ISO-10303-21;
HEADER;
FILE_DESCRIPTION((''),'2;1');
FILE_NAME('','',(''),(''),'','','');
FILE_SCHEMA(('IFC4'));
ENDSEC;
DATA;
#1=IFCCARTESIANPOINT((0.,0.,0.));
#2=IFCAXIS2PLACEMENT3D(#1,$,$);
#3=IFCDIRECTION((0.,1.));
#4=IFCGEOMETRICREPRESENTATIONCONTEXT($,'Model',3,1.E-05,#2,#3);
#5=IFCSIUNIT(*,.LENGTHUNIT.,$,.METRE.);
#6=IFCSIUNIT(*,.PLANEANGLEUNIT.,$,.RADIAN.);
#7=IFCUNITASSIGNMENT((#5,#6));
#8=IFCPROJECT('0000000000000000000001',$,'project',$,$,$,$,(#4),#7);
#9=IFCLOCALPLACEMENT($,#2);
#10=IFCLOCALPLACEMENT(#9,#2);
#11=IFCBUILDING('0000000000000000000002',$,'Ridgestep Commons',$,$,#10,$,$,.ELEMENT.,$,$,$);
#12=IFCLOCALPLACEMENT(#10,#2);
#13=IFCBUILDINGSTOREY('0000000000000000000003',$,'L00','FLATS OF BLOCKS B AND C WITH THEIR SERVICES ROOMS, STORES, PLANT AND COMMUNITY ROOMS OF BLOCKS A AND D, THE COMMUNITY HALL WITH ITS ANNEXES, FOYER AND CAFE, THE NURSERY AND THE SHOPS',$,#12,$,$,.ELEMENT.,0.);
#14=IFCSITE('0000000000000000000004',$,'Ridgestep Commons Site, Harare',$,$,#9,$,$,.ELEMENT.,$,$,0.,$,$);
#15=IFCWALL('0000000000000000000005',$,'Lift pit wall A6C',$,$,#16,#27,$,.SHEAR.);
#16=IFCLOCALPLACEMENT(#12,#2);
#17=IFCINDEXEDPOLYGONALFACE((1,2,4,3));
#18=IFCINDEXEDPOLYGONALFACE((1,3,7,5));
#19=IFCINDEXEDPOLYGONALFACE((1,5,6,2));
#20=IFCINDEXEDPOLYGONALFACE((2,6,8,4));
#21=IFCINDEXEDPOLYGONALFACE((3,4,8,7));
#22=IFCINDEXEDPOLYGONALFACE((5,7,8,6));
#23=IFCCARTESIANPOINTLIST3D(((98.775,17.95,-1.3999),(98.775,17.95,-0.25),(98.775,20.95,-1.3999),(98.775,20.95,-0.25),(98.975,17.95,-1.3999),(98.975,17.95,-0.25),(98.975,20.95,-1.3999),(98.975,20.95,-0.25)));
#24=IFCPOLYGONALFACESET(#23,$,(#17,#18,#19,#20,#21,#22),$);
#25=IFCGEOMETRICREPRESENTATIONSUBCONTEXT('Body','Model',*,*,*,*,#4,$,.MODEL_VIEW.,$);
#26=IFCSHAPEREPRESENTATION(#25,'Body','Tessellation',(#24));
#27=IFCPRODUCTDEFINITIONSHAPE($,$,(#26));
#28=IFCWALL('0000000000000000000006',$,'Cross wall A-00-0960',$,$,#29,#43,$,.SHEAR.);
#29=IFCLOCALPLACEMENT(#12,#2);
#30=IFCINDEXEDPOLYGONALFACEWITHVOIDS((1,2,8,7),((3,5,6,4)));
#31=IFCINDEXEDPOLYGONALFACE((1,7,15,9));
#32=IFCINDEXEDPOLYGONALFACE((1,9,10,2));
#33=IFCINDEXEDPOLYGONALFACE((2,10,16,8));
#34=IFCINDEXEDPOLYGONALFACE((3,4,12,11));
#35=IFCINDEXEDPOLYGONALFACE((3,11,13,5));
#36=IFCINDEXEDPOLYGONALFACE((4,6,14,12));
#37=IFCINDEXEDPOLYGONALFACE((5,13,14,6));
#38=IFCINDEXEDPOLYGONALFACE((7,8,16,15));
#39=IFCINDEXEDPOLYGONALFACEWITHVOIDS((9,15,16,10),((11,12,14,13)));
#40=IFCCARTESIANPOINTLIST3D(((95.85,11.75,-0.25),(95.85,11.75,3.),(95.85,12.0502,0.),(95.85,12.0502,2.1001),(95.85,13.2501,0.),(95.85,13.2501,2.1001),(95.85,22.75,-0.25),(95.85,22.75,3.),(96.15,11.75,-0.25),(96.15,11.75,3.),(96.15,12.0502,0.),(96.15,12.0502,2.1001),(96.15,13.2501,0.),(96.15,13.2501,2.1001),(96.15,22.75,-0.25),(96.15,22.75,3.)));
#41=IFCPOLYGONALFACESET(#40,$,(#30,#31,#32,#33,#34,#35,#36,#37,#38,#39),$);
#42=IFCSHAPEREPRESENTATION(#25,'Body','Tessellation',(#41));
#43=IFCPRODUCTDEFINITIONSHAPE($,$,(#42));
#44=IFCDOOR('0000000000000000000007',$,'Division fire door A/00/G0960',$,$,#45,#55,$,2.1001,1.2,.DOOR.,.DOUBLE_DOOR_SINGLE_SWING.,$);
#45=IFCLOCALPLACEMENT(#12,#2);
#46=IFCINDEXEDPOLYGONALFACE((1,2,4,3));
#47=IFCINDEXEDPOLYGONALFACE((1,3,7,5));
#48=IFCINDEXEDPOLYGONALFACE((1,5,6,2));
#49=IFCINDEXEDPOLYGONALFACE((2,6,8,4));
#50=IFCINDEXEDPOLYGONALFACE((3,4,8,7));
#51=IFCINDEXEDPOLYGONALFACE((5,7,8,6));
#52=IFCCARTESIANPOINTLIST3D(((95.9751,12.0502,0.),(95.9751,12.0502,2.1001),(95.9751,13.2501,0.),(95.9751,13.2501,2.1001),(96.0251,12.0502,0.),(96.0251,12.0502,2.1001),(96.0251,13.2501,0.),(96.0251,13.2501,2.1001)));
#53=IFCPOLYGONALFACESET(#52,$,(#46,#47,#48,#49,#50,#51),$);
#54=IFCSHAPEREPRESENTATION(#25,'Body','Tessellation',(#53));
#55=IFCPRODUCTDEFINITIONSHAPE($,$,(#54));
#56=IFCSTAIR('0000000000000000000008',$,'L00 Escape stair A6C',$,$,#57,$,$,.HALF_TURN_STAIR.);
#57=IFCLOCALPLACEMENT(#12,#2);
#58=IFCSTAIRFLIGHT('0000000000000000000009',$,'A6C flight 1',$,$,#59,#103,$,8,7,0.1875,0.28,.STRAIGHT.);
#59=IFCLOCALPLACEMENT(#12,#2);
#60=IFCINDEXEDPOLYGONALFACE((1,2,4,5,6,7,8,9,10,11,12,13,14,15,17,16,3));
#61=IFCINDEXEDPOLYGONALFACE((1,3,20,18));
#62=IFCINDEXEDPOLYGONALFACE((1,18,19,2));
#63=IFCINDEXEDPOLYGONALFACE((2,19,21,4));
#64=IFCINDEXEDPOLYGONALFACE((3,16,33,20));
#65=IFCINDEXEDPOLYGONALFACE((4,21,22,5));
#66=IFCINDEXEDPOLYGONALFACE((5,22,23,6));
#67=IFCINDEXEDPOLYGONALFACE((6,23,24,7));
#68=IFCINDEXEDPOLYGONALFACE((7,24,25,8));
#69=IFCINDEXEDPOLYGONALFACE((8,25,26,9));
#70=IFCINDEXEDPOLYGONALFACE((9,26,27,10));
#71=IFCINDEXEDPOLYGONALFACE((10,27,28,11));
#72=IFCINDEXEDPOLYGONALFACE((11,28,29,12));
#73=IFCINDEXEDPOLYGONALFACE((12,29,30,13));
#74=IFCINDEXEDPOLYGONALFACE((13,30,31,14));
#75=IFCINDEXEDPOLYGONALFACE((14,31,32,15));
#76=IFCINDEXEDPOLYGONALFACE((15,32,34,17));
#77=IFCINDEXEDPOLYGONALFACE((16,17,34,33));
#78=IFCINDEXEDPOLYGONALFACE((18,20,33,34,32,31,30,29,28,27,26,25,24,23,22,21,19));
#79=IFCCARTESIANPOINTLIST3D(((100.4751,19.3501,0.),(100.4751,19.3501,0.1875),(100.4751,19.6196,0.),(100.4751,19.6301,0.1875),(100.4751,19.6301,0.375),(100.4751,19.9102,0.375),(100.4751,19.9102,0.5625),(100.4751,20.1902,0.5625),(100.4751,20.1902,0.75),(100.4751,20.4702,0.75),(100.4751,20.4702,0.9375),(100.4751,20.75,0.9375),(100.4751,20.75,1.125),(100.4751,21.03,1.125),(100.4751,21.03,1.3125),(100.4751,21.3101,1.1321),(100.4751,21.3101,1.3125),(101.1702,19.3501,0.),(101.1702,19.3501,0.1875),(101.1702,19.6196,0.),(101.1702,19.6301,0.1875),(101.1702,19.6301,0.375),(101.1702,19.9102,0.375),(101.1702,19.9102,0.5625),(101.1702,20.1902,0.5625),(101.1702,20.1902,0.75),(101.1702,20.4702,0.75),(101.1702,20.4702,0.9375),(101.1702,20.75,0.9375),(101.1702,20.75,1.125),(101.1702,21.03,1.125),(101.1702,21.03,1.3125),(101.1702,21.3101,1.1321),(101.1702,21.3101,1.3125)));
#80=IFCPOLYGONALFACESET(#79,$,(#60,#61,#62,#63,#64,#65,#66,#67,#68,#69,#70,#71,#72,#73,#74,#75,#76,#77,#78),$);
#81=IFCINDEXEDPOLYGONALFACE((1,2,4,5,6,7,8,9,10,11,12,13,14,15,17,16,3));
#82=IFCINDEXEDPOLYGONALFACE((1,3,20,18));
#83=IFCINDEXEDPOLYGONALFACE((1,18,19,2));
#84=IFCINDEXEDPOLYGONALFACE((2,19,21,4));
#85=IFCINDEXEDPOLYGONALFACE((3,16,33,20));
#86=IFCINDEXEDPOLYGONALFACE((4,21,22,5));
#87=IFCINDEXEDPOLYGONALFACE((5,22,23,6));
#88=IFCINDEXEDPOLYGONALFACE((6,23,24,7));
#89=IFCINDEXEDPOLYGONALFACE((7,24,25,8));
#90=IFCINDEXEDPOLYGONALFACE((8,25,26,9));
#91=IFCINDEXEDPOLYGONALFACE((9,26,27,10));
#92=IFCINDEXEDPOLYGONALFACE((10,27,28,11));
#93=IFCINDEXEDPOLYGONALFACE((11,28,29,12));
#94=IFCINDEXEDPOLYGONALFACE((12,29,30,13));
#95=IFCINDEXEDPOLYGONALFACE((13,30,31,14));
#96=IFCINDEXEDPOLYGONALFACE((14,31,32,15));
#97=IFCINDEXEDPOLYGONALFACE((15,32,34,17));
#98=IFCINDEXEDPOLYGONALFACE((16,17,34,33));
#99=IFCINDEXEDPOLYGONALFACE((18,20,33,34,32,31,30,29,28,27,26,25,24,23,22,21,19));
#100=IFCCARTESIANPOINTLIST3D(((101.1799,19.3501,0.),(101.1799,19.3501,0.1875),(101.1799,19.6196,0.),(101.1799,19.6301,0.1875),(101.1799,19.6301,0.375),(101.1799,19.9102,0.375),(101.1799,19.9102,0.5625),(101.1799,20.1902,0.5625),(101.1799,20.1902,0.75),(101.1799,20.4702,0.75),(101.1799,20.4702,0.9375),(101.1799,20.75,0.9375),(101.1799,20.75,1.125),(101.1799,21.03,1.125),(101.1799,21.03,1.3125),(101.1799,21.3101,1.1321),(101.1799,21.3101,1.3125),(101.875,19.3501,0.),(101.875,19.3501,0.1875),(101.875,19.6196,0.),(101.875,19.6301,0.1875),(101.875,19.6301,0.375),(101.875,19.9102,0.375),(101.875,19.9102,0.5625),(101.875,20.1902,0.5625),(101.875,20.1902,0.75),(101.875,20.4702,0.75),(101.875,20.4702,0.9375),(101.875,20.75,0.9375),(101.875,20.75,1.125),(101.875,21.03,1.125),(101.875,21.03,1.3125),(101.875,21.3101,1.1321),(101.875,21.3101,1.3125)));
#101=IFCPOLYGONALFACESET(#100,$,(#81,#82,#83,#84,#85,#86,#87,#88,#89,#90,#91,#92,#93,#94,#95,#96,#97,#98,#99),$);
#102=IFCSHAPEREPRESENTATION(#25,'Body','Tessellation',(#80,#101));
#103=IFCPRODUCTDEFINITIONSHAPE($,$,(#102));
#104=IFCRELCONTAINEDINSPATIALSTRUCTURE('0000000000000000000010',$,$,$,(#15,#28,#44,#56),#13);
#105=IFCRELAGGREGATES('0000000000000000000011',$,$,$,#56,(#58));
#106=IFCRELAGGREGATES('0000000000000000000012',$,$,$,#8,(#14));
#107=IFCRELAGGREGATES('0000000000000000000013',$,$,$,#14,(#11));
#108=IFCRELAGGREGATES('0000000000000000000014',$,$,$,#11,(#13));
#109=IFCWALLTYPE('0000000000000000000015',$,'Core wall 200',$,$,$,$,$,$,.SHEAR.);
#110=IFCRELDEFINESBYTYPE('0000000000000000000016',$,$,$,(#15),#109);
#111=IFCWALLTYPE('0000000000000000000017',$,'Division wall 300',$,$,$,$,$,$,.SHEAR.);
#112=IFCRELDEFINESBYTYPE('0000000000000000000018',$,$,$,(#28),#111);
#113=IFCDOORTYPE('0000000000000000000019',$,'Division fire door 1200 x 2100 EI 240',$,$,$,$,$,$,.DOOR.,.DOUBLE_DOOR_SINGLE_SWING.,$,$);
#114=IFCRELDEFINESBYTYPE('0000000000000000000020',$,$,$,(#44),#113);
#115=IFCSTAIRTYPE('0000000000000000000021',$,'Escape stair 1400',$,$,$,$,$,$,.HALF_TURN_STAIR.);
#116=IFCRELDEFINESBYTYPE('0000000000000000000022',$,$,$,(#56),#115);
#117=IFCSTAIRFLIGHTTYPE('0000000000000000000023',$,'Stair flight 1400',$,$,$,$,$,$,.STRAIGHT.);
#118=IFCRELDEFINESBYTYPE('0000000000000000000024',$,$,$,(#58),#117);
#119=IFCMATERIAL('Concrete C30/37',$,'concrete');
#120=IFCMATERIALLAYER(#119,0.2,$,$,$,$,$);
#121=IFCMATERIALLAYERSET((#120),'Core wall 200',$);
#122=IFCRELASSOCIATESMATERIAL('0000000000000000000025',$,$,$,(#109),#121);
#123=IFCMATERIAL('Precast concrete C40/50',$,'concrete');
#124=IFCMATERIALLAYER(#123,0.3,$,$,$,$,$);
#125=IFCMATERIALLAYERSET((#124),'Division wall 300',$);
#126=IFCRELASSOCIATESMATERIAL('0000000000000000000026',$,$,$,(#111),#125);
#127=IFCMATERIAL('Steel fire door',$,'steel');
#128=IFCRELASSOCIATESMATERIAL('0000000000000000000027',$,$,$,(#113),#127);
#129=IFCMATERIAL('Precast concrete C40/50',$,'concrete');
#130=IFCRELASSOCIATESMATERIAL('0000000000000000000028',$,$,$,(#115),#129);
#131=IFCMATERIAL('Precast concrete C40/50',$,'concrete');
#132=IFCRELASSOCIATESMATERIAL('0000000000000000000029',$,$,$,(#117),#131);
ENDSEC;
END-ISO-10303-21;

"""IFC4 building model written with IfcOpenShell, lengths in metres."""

from ifc_helpers import new_model, si_unit, direction, frame, frame_2d, origin, place, context, subcontext, project, spatial, polyline, rectangle, outline, extrude, material, layer, layer_set, type_object, element, fill, aggregate, save


model = new_model("IFC4")

# Units and contexts
model_context = context("Model", 3, precision=1e-05, world=origin(), true_north=direction((0.0, 1.0)))
body_context = subcontext(model_context, "Body", "Model", "MODEL_VIEW")
ifc_project = project(units=[si_unit("LENGTHUNIT", "METRE"), si_unit("PLANEANGLEUNIT", "RADIAN")], contexts=[model_context])

# Site, building, storey
site_placement = place(None, origin())
site = spatial("IfcSite", under=ifc_project, at=site_placement, Name="Ridgestep Commons Site, Harare", CompositionType="ELEMENT", RefElevation=0.0)
building_placement = place(site_placement, origin())
building = spatial("IfcBuilding", under=site, at=building_placement, Name="Ridgestep Commons", CompositionType="ELEMENT")
storey_placement = place(building_placement, origin())
storey = spatial("IfcBuildingStorey", under=building, at=storey_placement, Name="L00", Description="FLATS OF BLOCKS B AND C WITH THEIR SERVICES ROOMS, STORES, PLANT AND COMMUNITY ROOMS OF BLOCKS A AND D, THE COMMUNITY HALL WITH ITS ANNEXES, FOYER AND CAFE, THE NURSERY AND THE SHOPS", CompositionType="ELEMENT", Elevation=0.0)

# Shared definitions
ifc_material_1 = material(Name="Concrete C30/37", Category="concrete")
ifc_layer_1 = layer(ifc_material_1, 0.2)
ifc_layer_set_1 = layer_set([ifc_layer_1], Name="Core wall 200")
wall_type_1 = type_object("IfcWallType", Name="Core wall 200", PredefinedType="SHEAR", material=ifc_layer_set_1)

# Wall
wall_1_placement = place(storey_placement, frame((98.875, 17.95, -1.3999), z_axis=(0.0, 0.0, 1.0), x_axis=(0.0, 1.0, 0.0)))
element("IfcWall", 1, at=wall_1_placement, inside=storey, type_object=wall_type_1, Name="Lift pit wall A6C", PredefinedType="SHEAR", context=body_context, shape_type="SweptSolid", body=[
    extrude(rectangle(XDim=3.0, YDim=0.2, at=frame_2d((1.5, 0.0))), origin(), (0.0, 0.0, 1.0), 1.1499),
])

# Wall, opening, door
ifc_material_2 = material(Name="Precast concrete C40/50", Category="concrete")
ifc_layer_2 = layer(ifc_material_2, 0.3)
ifc_layer_set_2 = layer_set([ifc_layer_2], Name="Division wall 300")
wall_type_2 = type_object("IfcWallType", Name="Division wall 300", PredefinedType="SHEAR", material=ifc_layer_set_2)
wall_2_placement = place(storey_placement, frame((96.0, 11.75, -0.25), z_axis=(0.0, 0.0, 1.0), x_axis=(0.0, 1.0, 0.0)))
wall_2 = element("IfcWall", 2, at=wall_2_placement, inside=storey, type_object=wall_type_2, Name="Cross wall A-00-0960", PredefinedType="SHEAR", context=body_context, shape_type="SweptSolid", body=[
    extrude(rectangle(XDim=11.0, YDim=0.3, at=frame_2d((5.5, 0.0))), origin(), (0.0, 0.0, 1.0), 3.25),
])
opening_1_placement = place(wall_2_placement, frame((0.3, 0.0, 0.25)))
opening_1 = element("IfcOpeningElement", 3, at=opening_1_placement, cuts=wall_2, PredefinedType="OPENING", context=body_context, shape_type="SweptSolid", body=[
    extrude(rectangle(XDim=1.2, YDim=2.1001, at=frame_2d((0.6001, 1.05))), frame((0.0, 0.1599, 0.0), z_axis=(0.0, -1.0, 0.0), x_axis=(1.0, 0.0, 0.0)), (0.0, 0.0, 1.0), 0.3201),
])
ifc_material_3 = material(Name="Steel fire door", Category="steel")
door_type_1 = type_object("IfcDoorType", Name="Division fire door 1200 x 2100 EI 240", OperationType="DOUBLE_DOOR_SINGLE_SWING", PredefinedType="DOOR", material=ifc_material_3)
door_1_placement = place(opening_1_placement, origin())
door_1 = element("IfcDoor", 4, at=door_1_placement, inside=storey, type_object=door_type_1, Name="Division fire door A/00/G0960", OperationType="DOUBLE_DOOR_SINGLE_SWING", OverallHeight=2.1001, OverallWidth=1.2, PredefinedType="DOOR", context=body_context, shape_type="SweptSolid", body=[
    extrude(rectangle(XDim=1.2, YDim=2.1001, at=frame_2d((0.6001, 1.05))), frame((0.0, 0.0249, 0.0), z_axis=(0.0, -1.0, 0.0), x_axis=(1.0, 0.0, 0.0)), (0.0, 0.0, 1.0), 0.05),
])
fill(opening_1, door_1)

# Stair, stair flight
ifc_material_4 = material(Name="Precast concrete C40/50", Category="concrete")
stair_type = type_object("IfcStairType", Name="Escape stair 1400", PredefinedType="HALF_TURN_STAIR", material=ifc_material_4)
stair_placement = place(storey_placement, origin())
stair = element("IfcStair", 5, at=stair_placement, inside=storey, type_object=stair_type, Name="L00 Escape stair A6C", PredefinedType="HALF_TURN_STAIR")
ifc_material_5 = material(Name="Precast concrete C40/50", Category="concrete")
stair_flight_type = type_object("IfcStairFlightType", Name="Stair flight 1400", PredefinedType="STRAIGHT", material=ifc_material_5)
stair_flight_placement = place(storey_placement, frame((101.175, 19.3501, 0.0), z_axis=(0.0, 0.0, 1.0), x_axis=(0.0, 1.0, 0.0)))
stair_flight = element("IfcStairFlight", 6, at=stair_flight_placement, type_object=stair_flight_type, Name="A6C flight 1", NumberOfRisers=8, NumberOfTreads=7, PredefinedType="STRAIGHT", RiserHeight=0.1875, TreadLength=0.28, context=body_context, shape_type="SweptSolid", body=[
    extrude(outline(polyline([(0.0, 0.0), (0.0, 0.1875), (0.28, 0.1875), (0.28, 0.375), (0.5601, 0.375), (0.5601, 0.5625), (0.8401, 0.5625), (0.8401, 0.75), (1.1201, 0.75), (1.1201, 0.9375), (1.3999, 0.9375), (1.3999, 1.125), (1.6799, 1.125), (1.6799, 1.3125), (1.96, 1.3125), (1.96, 1.5), (1.96, 1.1321), (0.2695, 0.0), (0.0, 0.0)])), frame((0.0, 0.7, 0.0), z_axis=(0.0, -1.0, 0.0), x_axis=(1.0, 0.0, 0.0)), (0.0, 0.0, 1.0), 0.6951),
    extrude(outline(polyline([(0.0, 0.0), (0.0, 0.1875), (0.28, 0.1875), (0.28, 0.375), (0.5601, 0.375), (0.5601, 0.5625), (0.8401, 0.5625), (0.8401, 0.75), (1.1201, 0.75), (1.1201, 0.9375), (1.3999, 0.9375), (1.3999, 1.125), (1.6799, 1.125), (1.6799, 1.3125), (1.96, 1.3125), (1.96, 1.5), (1.96, 1.1321), (0.2695, 0.0), (0.0, 0.0)])), frame((0.0, -0.0049, 0.0), z_axis=(0.0, -1.0, 0.0), x_axis=(1.0, 0.0, 0.0)), (0.0, 0.0, 1.0), 0.6951),
])
aggregate(stair, [stair_flight])

save(model, "model.ifc")
